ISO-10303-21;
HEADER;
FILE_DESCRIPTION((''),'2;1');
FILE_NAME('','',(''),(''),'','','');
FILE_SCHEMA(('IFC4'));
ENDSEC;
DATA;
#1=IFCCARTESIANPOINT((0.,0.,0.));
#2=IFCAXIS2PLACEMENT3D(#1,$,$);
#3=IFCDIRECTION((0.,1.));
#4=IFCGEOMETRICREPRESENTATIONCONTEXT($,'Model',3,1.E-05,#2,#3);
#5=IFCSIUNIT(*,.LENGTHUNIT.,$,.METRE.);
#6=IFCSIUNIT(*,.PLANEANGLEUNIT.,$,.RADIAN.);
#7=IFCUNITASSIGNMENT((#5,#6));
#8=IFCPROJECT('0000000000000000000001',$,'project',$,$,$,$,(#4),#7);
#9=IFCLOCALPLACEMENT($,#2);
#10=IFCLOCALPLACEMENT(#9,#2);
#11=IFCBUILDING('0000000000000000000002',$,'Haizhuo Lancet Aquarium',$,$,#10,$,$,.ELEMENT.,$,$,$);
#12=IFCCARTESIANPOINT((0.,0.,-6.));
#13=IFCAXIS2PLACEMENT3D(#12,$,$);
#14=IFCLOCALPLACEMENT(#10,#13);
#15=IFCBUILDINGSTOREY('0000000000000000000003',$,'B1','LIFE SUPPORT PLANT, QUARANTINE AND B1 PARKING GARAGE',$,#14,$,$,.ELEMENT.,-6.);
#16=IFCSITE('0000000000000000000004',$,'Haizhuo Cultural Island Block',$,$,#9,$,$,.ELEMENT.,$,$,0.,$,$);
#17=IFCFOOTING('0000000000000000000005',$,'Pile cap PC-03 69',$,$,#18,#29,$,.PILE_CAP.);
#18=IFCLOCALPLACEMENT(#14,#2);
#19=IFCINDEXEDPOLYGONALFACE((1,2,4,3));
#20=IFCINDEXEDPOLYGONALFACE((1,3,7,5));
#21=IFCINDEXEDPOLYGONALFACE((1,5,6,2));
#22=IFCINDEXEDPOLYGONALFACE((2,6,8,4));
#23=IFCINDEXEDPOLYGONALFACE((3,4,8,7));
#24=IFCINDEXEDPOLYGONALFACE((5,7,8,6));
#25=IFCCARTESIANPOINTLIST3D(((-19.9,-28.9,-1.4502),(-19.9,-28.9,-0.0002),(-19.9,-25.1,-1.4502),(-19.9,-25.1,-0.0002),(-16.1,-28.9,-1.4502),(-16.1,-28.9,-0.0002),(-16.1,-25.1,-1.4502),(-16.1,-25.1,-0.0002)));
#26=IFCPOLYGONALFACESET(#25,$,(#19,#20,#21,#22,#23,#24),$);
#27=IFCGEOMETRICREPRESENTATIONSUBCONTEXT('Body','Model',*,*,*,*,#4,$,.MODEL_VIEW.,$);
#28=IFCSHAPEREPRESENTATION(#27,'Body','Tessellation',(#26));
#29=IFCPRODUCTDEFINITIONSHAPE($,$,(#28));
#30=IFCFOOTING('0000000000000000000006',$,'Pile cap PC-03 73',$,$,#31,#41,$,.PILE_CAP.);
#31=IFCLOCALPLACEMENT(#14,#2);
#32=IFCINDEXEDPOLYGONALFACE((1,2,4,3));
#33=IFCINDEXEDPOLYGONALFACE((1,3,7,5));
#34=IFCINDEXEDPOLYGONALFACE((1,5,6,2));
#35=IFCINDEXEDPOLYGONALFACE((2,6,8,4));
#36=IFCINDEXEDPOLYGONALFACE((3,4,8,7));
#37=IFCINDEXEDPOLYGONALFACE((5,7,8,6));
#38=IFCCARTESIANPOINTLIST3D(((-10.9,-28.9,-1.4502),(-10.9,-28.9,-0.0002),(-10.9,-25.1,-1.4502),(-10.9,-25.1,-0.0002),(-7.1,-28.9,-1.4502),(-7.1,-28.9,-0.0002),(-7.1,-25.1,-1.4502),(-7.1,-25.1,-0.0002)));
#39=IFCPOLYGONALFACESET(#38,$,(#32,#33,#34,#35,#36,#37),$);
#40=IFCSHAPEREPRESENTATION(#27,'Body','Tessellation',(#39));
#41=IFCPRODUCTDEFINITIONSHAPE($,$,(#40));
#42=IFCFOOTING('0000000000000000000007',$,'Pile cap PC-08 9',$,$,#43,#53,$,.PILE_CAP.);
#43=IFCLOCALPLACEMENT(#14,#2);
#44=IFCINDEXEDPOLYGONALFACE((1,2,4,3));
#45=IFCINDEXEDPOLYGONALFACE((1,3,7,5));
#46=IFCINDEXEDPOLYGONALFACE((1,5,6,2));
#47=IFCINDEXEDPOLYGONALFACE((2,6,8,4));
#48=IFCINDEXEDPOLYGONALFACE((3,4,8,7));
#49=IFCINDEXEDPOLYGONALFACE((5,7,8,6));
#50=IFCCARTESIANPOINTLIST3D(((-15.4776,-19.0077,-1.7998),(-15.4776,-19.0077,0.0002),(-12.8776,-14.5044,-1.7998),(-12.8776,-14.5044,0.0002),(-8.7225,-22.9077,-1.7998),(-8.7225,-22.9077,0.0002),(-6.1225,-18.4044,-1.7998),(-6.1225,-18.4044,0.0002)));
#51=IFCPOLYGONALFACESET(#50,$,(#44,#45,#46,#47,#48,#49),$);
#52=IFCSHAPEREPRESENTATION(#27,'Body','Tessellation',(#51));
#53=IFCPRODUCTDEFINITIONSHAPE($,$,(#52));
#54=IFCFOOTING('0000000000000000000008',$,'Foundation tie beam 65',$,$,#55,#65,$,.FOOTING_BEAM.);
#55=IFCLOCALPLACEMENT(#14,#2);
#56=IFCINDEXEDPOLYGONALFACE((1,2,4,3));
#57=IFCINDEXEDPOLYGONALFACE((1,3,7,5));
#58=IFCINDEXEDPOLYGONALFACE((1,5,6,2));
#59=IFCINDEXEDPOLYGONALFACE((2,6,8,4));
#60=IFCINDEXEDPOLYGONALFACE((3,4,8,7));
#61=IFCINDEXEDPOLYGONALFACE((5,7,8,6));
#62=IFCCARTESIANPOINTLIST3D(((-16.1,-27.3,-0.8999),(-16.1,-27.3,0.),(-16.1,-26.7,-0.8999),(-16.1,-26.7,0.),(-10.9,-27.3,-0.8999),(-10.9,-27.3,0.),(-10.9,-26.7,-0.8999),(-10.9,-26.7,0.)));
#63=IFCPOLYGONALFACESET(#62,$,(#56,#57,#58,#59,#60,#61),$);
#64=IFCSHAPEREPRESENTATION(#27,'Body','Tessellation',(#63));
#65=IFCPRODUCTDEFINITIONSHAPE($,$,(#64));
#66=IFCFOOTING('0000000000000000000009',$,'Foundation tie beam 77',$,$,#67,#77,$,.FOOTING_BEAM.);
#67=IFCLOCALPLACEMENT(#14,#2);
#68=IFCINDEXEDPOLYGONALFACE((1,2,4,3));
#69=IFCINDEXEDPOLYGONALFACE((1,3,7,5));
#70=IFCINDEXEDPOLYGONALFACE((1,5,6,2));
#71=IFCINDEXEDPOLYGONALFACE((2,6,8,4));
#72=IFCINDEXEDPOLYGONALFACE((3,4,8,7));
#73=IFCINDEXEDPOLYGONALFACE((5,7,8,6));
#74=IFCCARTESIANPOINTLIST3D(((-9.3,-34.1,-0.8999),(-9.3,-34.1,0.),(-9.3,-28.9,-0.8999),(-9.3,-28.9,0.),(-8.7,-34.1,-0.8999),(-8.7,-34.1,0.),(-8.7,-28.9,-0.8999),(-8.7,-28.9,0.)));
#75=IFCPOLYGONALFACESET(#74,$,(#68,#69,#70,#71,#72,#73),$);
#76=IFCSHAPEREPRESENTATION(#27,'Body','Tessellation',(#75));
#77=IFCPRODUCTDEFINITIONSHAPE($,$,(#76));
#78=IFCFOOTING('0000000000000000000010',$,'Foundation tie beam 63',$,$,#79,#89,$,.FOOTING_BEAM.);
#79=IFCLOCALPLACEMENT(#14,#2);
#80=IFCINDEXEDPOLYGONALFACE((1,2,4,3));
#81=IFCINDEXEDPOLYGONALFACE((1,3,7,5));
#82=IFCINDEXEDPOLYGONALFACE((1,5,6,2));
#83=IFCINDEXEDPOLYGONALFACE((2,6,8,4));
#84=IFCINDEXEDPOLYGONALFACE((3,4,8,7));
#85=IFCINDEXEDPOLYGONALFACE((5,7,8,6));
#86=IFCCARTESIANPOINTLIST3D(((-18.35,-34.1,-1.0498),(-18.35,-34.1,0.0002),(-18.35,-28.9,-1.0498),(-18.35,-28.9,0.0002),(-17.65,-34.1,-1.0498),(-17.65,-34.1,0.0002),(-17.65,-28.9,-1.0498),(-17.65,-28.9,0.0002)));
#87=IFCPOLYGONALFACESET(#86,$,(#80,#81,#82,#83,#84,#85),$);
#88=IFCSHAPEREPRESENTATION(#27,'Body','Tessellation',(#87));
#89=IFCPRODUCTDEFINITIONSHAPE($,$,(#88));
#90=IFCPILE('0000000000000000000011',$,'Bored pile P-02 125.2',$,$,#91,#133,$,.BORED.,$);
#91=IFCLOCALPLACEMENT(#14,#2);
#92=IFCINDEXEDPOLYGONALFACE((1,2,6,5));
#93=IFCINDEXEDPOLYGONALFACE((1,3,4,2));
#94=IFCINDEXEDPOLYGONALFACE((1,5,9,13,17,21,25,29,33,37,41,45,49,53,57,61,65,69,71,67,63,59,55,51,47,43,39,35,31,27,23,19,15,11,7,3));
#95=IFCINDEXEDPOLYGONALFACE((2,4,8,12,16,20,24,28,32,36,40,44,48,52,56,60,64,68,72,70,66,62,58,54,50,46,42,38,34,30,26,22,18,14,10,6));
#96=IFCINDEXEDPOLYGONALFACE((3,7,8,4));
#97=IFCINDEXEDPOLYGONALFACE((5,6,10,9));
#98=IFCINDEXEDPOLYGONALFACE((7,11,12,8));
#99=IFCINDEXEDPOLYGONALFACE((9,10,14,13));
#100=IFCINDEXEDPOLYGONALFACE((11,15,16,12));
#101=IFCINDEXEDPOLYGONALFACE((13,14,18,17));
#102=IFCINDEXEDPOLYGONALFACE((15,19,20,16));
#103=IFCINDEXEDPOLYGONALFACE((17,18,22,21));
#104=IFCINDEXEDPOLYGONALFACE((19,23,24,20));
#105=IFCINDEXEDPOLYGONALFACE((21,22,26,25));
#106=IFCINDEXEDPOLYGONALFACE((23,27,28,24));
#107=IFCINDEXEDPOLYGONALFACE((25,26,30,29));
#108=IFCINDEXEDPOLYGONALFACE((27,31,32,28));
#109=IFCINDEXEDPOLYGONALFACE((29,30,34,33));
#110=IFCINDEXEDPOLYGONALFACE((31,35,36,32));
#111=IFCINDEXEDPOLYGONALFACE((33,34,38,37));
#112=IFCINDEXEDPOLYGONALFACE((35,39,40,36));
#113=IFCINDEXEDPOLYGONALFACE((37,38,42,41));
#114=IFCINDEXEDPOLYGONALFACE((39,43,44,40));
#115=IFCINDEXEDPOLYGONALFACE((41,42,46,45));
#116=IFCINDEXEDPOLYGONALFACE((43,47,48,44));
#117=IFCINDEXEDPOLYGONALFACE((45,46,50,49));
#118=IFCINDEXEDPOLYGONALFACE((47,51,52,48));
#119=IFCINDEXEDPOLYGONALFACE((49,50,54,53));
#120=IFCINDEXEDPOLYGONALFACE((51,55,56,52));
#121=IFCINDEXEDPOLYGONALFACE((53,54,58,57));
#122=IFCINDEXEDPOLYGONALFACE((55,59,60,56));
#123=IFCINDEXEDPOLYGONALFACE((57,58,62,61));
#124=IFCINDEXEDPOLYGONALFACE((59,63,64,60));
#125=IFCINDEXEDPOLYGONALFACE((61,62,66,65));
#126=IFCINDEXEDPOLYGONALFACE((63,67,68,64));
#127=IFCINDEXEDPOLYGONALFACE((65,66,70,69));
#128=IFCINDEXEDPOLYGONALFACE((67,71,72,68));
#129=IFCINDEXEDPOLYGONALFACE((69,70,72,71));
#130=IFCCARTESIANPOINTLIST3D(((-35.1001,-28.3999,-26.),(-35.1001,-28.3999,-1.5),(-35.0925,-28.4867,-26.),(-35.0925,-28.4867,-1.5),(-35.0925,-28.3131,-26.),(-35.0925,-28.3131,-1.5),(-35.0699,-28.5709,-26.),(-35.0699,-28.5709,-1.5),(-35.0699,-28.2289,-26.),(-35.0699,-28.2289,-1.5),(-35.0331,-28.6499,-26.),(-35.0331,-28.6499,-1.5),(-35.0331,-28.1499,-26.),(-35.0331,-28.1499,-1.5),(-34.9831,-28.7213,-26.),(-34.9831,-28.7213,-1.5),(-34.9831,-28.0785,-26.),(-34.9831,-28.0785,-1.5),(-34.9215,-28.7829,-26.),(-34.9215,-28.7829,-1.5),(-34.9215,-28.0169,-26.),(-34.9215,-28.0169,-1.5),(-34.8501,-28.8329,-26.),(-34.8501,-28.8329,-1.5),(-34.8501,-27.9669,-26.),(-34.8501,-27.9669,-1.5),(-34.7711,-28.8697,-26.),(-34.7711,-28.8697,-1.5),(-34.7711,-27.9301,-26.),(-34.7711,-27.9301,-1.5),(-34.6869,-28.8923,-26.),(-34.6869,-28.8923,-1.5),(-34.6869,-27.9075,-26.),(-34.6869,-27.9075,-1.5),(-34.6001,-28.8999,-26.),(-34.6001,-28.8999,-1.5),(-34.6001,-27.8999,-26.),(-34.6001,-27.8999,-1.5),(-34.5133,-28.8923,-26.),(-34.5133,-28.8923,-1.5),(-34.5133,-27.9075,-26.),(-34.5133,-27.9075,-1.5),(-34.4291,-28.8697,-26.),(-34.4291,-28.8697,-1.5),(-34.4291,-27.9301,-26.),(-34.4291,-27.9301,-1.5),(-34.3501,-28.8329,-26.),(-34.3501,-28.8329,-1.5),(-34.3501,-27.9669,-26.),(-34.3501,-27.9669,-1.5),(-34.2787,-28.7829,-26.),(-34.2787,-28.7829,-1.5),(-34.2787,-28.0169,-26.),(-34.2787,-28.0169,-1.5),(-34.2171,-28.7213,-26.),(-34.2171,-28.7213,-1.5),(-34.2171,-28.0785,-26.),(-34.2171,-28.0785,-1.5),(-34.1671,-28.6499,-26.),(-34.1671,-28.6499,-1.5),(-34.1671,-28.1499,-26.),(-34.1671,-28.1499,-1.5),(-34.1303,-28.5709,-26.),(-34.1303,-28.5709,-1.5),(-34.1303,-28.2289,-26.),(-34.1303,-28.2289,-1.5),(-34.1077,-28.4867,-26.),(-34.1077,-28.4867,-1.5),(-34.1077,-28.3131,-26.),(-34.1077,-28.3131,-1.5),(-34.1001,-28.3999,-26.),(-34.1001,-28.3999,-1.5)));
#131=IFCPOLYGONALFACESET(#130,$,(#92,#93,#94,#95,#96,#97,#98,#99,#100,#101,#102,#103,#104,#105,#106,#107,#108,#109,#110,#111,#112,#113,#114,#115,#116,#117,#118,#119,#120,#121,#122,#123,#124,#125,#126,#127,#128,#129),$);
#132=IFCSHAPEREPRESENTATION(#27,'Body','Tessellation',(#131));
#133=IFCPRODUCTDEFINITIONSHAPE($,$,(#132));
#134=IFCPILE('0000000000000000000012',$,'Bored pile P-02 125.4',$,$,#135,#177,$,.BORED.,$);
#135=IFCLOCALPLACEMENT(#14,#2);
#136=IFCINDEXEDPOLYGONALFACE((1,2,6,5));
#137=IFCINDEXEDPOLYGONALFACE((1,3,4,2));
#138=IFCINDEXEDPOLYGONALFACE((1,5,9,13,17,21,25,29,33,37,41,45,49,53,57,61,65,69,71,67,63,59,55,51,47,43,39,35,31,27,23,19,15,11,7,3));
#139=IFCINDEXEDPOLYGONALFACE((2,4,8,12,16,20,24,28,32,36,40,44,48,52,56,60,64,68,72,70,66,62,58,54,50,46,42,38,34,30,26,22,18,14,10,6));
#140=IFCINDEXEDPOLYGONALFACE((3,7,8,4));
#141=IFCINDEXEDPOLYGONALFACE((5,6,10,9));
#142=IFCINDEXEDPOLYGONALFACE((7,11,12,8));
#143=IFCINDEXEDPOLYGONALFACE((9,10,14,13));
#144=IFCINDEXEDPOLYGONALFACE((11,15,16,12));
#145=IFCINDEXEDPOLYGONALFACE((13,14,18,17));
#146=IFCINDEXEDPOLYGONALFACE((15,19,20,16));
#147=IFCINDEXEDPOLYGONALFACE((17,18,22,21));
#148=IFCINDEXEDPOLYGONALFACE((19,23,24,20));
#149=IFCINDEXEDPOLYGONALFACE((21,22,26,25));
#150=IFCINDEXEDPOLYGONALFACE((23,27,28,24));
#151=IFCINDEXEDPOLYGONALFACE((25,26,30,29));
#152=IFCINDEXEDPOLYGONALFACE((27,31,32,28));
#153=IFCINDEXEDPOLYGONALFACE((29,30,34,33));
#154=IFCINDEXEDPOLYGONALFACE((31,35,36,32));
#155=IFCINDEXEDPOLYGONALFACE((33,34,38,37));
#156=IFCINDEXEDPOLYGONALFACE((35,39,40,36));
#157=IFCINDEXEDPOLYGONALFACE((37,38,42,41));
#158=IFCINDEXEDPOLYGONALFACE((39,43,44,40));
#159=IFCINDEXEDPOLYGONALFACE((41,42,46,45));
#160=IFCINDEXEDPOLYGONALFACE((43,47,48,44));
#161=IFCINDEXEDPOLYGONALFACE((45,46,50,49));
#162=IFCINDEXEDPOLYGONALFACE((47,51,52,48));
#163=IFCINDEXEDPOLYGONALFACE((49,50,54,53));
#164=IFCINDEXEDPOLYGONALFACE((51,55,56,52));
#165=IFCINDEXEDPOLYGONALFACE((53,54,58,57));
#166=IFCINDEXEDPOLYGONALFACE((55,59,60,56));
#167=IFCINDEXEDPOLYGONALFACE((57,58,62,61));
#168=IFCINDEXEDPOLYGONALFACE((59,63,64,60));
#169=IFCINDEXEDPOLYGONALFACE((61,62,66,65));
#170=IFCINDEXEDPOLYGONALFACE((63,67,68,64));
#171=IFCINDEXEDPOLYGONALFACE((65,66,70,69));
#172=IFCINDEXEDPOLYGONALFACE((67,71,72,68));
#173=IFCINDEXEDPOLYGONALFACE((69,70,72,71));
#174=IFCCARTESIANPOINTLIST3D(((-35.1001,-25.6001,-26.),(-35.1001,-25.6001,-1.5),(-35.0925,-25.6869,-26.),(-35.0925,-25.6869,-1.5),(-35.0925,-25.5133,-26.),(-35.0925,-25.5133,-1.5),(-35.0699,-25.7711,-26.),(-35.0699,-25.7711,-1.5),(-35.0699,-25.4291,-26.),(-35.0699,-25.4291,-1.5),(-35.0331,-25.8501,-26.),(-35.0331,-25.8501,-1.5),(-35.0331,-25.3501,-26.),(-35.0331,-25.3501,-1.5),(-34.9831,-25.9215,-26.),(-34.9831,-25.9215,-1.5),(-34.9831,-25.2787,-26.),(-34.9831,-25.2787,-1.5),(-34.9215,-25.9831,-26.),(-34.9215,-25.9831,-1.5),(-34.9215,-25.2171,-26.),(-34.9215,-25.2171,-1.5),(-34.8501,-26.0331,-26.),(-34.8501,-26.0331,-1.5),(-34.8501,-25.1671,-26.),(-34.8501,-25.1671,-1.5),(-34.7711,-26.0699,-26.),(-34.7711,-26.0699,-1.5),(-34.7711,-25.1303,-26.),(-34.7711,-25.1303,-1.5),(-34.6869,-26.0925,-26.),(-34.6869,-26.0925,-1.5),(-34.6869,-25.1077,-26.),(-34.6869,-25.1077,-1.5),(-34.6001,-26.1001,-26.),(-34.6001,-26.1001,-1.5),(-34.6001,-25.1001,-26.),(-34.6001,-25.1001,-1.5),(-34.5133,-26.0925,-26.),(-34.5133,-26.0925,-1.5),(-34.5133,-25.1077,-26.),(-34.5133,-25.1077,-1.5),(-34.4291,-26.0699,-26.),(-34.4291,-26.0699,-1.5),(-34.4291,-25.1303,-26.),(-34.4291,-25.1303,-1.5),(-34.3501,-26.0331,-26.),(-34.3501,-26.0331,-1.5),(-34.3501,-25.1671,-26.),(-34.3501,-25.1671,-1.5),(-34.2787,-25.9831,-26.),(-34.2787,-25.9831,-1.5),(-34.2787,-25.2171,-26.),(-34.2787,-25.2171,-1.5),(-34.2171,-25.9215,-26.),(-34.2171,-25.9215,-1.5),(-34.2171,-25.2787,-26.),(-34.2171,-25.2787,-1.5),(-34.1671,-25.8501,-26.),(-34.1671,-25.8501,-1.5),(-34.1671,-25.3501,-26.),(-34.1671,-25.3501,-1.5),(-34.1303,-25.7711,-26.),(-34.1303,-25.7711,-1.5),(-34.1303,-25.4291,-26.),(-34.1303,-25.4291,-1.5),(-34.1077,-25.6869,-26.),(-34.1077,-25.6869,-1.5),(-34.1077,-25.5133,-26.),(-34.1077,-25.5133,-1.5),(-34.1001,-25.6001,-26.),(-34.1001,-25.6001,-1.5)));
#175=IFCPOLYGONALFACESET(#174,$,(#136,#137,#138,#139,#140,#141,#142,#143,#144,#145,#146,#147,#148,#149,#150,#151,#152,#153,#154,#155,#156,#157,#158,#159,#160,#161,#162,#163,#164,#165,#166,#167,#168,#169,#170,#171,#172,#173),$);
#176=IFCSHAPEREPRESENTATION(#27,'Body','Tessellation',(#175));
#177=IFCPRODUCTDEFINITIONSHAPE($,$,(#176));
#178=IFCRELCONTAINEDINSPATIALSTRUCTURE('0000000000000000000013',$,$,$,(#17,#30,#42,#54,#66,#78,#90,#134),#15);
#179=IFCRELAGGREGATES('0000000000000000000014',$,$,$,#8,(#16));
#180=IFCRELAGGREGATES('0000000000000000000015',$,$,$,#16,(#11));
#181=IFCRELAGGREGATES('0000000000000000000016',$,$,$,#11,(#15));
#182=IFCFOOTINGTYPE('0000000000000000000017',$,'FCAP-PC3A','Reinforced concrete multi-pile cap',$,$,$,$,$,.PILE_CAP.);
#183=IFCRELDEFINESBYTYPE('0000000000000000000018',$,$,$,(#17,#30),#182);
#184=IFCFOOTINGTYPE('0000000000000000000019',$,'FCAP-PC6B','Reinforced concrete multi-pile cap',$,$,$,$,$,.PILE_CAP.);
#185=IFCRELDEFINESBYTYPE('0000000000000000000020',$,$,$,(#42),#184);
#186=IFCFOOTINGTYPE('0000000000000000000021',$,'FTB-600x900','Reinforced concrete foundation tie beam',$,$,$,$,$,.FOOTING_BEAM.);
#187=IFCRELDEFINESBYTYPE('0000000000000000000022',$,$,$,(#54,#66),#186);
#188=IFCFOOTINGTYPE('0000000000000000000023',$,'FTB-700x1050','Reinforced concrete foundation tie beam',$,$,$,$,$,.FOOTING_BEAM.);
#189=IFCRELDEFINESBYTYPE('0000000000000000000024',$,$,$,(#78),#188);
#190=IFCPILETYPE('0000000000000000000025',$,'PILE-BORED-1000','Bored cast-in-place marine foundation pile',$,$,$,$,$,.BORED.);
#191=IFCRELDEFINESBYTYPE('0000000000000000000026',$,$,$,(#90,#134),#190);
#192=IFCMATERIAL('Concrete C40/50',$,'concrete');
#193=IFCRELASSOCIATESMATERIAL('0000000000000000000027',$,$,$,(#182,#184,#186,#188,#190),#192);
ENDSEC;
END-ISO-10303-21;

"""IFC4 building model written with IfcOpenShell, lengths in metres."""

from ifc_helpers import new_model, si_unit, direction, frame, origin, origin_2d, place, context, subcontext, project, spatial, rectangle, circle, extrude, material, material_profile, profile_set, type_object, element, save


model = new_model("IFC4")

# Units and contexts
model_context = context("Model", 3, precision=1e-05, world=origin(), true_north=direction((0.0, 1.0)))
body_context = subcontext(model_context, "Body", "Model", "MODEL_VIEW")
ifc_project = project(units=[si_unit("LENGTHUNIT", "METRE"), si_unit("PLANEANGLEUNIT", "RADIAN")], contexts=[model_context])

# Site, building, storey
site_placement = place(None, origin())
site = spatial("IfcSite", under=ifc_project, at=site_placement, Name="Haizhuo Cultural Island Block", CompositionType="ELEMENT", RefElevation=0.0)
building_placement = place(site_placement, origin())
building = spatial("IfcBuilding", under=site, at=building_placement, Name="Haizhuo Lancet Aquarium", CompositionType="ELEMENT")
storey_placement = place(building_placement, frame((0.0, 0.0, -6.0)))
storey = spatial("IfcBuildingStorey", under=building, at=storey_placement, Name="B1", Description="LIFE SUPPORT PLANT, QUARANTINE AND B1 PARKING GARAGE", CompositionType="ELEMENT", Elevation=-6.0)

# Footings
ifc_material_1 = material(Name="Concrete C40/50", Category="concrete")
footing_type_1 = type_object("IfcFootingType", Name="FCAP-PC3A", Description="Reinforced concrete multi-pile cap", PredefinedType="PILE_CAP", material=ifc_material_1)
for number, where, z_axis, x_axis, name in (
    (1, (-18.0, -27.0, -1.4502), (0.0, 0.0, 1.0), (1.0, 0.0, 0.0), "Pile cap PC-03 69"),
    (2, (-9.0, -27.0, -1.4502), (0.0, 0.0, 1.0), (1.0, 0.0, 0.0), "Pile cap PC-03 73"),
):
    element("IfcFooting", number, at=place(storey_placement, frame(where, z_axis=z_axis, x_axis=x_axis)), inside=storey, type_object=footing_type_1, Name=name, PredefinedType="PILE_CAP", context=body_context, shape_type="SweptSolid", body=[
        extrude(rectangle(XDim=3.8, YDim=3.8, at=origin_2d()), origin(), (0.0, 0.0, 1.0), 1.45),
    ])
footing_type_2 = type_object("IfcFootingType", Name="FCAP-PC6B", Description="Reinforced concrete multi-pile cap", PredefinedType="PILE_CAP", material=ifc_material_1)
footing_1_placement = place(storey_placement, frame((-10.8, -18.7061, -1.7998), z_axis=(0.0, 0.0, 1.0), x_axis=(-0.5, -0.866025, 0.0)))
element("IfcFooting", 3, at=footing_1_placement, inside=storey, type_object=footing_type_2, Name="Pile cap PC-08 9", PredefinedType="PILE_CAP", context=body_context, shape_type="SweptSolid", body=[
    extrude(rectangle(XDim=5.2, YDim=7.8, at=origin_2d()), origin(), (0.0, 0.0, 1.0), 1.8),
])
footing_type_3 = type_object("IfcFootingType", Name="FTB-600x900", Description="Reinforced concrete foundation tie beam", PredefinedType="FOOTING_BEAM", material=ifc_material_1)
for number, where, z_axis, x_axis, name in (
    (4, (-13.5, -27.0, -0.8999), (0.0, 0.0, 1.0), (1.0, 0.0, 0.0), "Foundation tie beam 65"),
    (5, (-9.0, -31.5, -0.8999), (0.0, 0.0, 1.0), (0.0, 1.0, 0.0), "Foundation tie beam 77"),
):
    element("IfcFooting", number, at=place(storey_placement, frame(where, z_axis=z_axis, x_axis=x_axis)), inside=storey, type_object=footing_type_3, Name=name, PredefinedType="FOOTING_BEAM", context=body_context, shape_type="SweptSolid", body=[
        extrude(rectangle(XDim=5.2, YDim=0.6001, at=origin_2d()), origin(), (0.0, 0.0, 1.0), 0.8999),
    ])
footing_type_4 = type_object("IfcFootingType", Name="FTB-700x1050", Description="Reinforced concrete foundation tie beam", PredefinedType="FOOTING_BEAM", material=ifc_material_1)
footing_2_placement = place(storey_placement, frame((-18.0, -31.5, -1.0498), z_axis=(0.0, 0.0, 1.0), x_axis=(0.0, 1.0, 0.0)))
element("IfcFooting", 6, at=footing_2_placement, inside=storey, type_object=footing_type_4, Name="Foundation tie beam 63", PredefinedType="FOOTING_BEAM", context=body_context, shape_type="SweptSolid", body=[
    extrude(rectangle(XDim=5.2, YDim=0.7, at=origin_2d()), origin(), (0.0, 0.0, 1.0), 1.05),
])

# Piles
ifc_material_profile_1 = material_profile(ifc_material_1, circle(Radius=0.5, at=origin_2d()), Name="PILE-1000")
ifc_profile_set_1 = profile_set([ifc_material_profile_1], Name="Concrete C40/50")
pile_type_1 = type_object("IfcPileType", Name="PILE-BORED-1000", Description="Bored cast-in-place marine foundation pile", PredefinedType="BORED", material=ifc_profile_set_1)
for number, where, z_axis, x_axis, name in (
    (7, (-34.6001, -28.3999, -1.5), (0.0, 0.0, -1.0), (1.0, 0.0, 0.0), "Bored pile P-02 125.2"),
    (8, (-34.6001, -25.6001, -1.5), (0.0, 0.0, -1.0), (1.0, 0.0, 0.0), "Bored pile P-02 125.4"),
):
    element("IfcPile", number, at=place(storey_placement, frame(where, z_axis=z_axis, x_axis=x_axis)), inside=storey, type_object=pile_type_1, Name=name, PredefinedType="BORED", context=body_context, shape_type="SweptSolid", body=[
        extrude(circle(Radius=0.5, at=origin_2d()), origin(), (0.0, 0.0, 1.0), 24.5),
    ])

save(model, "model.ifc")
